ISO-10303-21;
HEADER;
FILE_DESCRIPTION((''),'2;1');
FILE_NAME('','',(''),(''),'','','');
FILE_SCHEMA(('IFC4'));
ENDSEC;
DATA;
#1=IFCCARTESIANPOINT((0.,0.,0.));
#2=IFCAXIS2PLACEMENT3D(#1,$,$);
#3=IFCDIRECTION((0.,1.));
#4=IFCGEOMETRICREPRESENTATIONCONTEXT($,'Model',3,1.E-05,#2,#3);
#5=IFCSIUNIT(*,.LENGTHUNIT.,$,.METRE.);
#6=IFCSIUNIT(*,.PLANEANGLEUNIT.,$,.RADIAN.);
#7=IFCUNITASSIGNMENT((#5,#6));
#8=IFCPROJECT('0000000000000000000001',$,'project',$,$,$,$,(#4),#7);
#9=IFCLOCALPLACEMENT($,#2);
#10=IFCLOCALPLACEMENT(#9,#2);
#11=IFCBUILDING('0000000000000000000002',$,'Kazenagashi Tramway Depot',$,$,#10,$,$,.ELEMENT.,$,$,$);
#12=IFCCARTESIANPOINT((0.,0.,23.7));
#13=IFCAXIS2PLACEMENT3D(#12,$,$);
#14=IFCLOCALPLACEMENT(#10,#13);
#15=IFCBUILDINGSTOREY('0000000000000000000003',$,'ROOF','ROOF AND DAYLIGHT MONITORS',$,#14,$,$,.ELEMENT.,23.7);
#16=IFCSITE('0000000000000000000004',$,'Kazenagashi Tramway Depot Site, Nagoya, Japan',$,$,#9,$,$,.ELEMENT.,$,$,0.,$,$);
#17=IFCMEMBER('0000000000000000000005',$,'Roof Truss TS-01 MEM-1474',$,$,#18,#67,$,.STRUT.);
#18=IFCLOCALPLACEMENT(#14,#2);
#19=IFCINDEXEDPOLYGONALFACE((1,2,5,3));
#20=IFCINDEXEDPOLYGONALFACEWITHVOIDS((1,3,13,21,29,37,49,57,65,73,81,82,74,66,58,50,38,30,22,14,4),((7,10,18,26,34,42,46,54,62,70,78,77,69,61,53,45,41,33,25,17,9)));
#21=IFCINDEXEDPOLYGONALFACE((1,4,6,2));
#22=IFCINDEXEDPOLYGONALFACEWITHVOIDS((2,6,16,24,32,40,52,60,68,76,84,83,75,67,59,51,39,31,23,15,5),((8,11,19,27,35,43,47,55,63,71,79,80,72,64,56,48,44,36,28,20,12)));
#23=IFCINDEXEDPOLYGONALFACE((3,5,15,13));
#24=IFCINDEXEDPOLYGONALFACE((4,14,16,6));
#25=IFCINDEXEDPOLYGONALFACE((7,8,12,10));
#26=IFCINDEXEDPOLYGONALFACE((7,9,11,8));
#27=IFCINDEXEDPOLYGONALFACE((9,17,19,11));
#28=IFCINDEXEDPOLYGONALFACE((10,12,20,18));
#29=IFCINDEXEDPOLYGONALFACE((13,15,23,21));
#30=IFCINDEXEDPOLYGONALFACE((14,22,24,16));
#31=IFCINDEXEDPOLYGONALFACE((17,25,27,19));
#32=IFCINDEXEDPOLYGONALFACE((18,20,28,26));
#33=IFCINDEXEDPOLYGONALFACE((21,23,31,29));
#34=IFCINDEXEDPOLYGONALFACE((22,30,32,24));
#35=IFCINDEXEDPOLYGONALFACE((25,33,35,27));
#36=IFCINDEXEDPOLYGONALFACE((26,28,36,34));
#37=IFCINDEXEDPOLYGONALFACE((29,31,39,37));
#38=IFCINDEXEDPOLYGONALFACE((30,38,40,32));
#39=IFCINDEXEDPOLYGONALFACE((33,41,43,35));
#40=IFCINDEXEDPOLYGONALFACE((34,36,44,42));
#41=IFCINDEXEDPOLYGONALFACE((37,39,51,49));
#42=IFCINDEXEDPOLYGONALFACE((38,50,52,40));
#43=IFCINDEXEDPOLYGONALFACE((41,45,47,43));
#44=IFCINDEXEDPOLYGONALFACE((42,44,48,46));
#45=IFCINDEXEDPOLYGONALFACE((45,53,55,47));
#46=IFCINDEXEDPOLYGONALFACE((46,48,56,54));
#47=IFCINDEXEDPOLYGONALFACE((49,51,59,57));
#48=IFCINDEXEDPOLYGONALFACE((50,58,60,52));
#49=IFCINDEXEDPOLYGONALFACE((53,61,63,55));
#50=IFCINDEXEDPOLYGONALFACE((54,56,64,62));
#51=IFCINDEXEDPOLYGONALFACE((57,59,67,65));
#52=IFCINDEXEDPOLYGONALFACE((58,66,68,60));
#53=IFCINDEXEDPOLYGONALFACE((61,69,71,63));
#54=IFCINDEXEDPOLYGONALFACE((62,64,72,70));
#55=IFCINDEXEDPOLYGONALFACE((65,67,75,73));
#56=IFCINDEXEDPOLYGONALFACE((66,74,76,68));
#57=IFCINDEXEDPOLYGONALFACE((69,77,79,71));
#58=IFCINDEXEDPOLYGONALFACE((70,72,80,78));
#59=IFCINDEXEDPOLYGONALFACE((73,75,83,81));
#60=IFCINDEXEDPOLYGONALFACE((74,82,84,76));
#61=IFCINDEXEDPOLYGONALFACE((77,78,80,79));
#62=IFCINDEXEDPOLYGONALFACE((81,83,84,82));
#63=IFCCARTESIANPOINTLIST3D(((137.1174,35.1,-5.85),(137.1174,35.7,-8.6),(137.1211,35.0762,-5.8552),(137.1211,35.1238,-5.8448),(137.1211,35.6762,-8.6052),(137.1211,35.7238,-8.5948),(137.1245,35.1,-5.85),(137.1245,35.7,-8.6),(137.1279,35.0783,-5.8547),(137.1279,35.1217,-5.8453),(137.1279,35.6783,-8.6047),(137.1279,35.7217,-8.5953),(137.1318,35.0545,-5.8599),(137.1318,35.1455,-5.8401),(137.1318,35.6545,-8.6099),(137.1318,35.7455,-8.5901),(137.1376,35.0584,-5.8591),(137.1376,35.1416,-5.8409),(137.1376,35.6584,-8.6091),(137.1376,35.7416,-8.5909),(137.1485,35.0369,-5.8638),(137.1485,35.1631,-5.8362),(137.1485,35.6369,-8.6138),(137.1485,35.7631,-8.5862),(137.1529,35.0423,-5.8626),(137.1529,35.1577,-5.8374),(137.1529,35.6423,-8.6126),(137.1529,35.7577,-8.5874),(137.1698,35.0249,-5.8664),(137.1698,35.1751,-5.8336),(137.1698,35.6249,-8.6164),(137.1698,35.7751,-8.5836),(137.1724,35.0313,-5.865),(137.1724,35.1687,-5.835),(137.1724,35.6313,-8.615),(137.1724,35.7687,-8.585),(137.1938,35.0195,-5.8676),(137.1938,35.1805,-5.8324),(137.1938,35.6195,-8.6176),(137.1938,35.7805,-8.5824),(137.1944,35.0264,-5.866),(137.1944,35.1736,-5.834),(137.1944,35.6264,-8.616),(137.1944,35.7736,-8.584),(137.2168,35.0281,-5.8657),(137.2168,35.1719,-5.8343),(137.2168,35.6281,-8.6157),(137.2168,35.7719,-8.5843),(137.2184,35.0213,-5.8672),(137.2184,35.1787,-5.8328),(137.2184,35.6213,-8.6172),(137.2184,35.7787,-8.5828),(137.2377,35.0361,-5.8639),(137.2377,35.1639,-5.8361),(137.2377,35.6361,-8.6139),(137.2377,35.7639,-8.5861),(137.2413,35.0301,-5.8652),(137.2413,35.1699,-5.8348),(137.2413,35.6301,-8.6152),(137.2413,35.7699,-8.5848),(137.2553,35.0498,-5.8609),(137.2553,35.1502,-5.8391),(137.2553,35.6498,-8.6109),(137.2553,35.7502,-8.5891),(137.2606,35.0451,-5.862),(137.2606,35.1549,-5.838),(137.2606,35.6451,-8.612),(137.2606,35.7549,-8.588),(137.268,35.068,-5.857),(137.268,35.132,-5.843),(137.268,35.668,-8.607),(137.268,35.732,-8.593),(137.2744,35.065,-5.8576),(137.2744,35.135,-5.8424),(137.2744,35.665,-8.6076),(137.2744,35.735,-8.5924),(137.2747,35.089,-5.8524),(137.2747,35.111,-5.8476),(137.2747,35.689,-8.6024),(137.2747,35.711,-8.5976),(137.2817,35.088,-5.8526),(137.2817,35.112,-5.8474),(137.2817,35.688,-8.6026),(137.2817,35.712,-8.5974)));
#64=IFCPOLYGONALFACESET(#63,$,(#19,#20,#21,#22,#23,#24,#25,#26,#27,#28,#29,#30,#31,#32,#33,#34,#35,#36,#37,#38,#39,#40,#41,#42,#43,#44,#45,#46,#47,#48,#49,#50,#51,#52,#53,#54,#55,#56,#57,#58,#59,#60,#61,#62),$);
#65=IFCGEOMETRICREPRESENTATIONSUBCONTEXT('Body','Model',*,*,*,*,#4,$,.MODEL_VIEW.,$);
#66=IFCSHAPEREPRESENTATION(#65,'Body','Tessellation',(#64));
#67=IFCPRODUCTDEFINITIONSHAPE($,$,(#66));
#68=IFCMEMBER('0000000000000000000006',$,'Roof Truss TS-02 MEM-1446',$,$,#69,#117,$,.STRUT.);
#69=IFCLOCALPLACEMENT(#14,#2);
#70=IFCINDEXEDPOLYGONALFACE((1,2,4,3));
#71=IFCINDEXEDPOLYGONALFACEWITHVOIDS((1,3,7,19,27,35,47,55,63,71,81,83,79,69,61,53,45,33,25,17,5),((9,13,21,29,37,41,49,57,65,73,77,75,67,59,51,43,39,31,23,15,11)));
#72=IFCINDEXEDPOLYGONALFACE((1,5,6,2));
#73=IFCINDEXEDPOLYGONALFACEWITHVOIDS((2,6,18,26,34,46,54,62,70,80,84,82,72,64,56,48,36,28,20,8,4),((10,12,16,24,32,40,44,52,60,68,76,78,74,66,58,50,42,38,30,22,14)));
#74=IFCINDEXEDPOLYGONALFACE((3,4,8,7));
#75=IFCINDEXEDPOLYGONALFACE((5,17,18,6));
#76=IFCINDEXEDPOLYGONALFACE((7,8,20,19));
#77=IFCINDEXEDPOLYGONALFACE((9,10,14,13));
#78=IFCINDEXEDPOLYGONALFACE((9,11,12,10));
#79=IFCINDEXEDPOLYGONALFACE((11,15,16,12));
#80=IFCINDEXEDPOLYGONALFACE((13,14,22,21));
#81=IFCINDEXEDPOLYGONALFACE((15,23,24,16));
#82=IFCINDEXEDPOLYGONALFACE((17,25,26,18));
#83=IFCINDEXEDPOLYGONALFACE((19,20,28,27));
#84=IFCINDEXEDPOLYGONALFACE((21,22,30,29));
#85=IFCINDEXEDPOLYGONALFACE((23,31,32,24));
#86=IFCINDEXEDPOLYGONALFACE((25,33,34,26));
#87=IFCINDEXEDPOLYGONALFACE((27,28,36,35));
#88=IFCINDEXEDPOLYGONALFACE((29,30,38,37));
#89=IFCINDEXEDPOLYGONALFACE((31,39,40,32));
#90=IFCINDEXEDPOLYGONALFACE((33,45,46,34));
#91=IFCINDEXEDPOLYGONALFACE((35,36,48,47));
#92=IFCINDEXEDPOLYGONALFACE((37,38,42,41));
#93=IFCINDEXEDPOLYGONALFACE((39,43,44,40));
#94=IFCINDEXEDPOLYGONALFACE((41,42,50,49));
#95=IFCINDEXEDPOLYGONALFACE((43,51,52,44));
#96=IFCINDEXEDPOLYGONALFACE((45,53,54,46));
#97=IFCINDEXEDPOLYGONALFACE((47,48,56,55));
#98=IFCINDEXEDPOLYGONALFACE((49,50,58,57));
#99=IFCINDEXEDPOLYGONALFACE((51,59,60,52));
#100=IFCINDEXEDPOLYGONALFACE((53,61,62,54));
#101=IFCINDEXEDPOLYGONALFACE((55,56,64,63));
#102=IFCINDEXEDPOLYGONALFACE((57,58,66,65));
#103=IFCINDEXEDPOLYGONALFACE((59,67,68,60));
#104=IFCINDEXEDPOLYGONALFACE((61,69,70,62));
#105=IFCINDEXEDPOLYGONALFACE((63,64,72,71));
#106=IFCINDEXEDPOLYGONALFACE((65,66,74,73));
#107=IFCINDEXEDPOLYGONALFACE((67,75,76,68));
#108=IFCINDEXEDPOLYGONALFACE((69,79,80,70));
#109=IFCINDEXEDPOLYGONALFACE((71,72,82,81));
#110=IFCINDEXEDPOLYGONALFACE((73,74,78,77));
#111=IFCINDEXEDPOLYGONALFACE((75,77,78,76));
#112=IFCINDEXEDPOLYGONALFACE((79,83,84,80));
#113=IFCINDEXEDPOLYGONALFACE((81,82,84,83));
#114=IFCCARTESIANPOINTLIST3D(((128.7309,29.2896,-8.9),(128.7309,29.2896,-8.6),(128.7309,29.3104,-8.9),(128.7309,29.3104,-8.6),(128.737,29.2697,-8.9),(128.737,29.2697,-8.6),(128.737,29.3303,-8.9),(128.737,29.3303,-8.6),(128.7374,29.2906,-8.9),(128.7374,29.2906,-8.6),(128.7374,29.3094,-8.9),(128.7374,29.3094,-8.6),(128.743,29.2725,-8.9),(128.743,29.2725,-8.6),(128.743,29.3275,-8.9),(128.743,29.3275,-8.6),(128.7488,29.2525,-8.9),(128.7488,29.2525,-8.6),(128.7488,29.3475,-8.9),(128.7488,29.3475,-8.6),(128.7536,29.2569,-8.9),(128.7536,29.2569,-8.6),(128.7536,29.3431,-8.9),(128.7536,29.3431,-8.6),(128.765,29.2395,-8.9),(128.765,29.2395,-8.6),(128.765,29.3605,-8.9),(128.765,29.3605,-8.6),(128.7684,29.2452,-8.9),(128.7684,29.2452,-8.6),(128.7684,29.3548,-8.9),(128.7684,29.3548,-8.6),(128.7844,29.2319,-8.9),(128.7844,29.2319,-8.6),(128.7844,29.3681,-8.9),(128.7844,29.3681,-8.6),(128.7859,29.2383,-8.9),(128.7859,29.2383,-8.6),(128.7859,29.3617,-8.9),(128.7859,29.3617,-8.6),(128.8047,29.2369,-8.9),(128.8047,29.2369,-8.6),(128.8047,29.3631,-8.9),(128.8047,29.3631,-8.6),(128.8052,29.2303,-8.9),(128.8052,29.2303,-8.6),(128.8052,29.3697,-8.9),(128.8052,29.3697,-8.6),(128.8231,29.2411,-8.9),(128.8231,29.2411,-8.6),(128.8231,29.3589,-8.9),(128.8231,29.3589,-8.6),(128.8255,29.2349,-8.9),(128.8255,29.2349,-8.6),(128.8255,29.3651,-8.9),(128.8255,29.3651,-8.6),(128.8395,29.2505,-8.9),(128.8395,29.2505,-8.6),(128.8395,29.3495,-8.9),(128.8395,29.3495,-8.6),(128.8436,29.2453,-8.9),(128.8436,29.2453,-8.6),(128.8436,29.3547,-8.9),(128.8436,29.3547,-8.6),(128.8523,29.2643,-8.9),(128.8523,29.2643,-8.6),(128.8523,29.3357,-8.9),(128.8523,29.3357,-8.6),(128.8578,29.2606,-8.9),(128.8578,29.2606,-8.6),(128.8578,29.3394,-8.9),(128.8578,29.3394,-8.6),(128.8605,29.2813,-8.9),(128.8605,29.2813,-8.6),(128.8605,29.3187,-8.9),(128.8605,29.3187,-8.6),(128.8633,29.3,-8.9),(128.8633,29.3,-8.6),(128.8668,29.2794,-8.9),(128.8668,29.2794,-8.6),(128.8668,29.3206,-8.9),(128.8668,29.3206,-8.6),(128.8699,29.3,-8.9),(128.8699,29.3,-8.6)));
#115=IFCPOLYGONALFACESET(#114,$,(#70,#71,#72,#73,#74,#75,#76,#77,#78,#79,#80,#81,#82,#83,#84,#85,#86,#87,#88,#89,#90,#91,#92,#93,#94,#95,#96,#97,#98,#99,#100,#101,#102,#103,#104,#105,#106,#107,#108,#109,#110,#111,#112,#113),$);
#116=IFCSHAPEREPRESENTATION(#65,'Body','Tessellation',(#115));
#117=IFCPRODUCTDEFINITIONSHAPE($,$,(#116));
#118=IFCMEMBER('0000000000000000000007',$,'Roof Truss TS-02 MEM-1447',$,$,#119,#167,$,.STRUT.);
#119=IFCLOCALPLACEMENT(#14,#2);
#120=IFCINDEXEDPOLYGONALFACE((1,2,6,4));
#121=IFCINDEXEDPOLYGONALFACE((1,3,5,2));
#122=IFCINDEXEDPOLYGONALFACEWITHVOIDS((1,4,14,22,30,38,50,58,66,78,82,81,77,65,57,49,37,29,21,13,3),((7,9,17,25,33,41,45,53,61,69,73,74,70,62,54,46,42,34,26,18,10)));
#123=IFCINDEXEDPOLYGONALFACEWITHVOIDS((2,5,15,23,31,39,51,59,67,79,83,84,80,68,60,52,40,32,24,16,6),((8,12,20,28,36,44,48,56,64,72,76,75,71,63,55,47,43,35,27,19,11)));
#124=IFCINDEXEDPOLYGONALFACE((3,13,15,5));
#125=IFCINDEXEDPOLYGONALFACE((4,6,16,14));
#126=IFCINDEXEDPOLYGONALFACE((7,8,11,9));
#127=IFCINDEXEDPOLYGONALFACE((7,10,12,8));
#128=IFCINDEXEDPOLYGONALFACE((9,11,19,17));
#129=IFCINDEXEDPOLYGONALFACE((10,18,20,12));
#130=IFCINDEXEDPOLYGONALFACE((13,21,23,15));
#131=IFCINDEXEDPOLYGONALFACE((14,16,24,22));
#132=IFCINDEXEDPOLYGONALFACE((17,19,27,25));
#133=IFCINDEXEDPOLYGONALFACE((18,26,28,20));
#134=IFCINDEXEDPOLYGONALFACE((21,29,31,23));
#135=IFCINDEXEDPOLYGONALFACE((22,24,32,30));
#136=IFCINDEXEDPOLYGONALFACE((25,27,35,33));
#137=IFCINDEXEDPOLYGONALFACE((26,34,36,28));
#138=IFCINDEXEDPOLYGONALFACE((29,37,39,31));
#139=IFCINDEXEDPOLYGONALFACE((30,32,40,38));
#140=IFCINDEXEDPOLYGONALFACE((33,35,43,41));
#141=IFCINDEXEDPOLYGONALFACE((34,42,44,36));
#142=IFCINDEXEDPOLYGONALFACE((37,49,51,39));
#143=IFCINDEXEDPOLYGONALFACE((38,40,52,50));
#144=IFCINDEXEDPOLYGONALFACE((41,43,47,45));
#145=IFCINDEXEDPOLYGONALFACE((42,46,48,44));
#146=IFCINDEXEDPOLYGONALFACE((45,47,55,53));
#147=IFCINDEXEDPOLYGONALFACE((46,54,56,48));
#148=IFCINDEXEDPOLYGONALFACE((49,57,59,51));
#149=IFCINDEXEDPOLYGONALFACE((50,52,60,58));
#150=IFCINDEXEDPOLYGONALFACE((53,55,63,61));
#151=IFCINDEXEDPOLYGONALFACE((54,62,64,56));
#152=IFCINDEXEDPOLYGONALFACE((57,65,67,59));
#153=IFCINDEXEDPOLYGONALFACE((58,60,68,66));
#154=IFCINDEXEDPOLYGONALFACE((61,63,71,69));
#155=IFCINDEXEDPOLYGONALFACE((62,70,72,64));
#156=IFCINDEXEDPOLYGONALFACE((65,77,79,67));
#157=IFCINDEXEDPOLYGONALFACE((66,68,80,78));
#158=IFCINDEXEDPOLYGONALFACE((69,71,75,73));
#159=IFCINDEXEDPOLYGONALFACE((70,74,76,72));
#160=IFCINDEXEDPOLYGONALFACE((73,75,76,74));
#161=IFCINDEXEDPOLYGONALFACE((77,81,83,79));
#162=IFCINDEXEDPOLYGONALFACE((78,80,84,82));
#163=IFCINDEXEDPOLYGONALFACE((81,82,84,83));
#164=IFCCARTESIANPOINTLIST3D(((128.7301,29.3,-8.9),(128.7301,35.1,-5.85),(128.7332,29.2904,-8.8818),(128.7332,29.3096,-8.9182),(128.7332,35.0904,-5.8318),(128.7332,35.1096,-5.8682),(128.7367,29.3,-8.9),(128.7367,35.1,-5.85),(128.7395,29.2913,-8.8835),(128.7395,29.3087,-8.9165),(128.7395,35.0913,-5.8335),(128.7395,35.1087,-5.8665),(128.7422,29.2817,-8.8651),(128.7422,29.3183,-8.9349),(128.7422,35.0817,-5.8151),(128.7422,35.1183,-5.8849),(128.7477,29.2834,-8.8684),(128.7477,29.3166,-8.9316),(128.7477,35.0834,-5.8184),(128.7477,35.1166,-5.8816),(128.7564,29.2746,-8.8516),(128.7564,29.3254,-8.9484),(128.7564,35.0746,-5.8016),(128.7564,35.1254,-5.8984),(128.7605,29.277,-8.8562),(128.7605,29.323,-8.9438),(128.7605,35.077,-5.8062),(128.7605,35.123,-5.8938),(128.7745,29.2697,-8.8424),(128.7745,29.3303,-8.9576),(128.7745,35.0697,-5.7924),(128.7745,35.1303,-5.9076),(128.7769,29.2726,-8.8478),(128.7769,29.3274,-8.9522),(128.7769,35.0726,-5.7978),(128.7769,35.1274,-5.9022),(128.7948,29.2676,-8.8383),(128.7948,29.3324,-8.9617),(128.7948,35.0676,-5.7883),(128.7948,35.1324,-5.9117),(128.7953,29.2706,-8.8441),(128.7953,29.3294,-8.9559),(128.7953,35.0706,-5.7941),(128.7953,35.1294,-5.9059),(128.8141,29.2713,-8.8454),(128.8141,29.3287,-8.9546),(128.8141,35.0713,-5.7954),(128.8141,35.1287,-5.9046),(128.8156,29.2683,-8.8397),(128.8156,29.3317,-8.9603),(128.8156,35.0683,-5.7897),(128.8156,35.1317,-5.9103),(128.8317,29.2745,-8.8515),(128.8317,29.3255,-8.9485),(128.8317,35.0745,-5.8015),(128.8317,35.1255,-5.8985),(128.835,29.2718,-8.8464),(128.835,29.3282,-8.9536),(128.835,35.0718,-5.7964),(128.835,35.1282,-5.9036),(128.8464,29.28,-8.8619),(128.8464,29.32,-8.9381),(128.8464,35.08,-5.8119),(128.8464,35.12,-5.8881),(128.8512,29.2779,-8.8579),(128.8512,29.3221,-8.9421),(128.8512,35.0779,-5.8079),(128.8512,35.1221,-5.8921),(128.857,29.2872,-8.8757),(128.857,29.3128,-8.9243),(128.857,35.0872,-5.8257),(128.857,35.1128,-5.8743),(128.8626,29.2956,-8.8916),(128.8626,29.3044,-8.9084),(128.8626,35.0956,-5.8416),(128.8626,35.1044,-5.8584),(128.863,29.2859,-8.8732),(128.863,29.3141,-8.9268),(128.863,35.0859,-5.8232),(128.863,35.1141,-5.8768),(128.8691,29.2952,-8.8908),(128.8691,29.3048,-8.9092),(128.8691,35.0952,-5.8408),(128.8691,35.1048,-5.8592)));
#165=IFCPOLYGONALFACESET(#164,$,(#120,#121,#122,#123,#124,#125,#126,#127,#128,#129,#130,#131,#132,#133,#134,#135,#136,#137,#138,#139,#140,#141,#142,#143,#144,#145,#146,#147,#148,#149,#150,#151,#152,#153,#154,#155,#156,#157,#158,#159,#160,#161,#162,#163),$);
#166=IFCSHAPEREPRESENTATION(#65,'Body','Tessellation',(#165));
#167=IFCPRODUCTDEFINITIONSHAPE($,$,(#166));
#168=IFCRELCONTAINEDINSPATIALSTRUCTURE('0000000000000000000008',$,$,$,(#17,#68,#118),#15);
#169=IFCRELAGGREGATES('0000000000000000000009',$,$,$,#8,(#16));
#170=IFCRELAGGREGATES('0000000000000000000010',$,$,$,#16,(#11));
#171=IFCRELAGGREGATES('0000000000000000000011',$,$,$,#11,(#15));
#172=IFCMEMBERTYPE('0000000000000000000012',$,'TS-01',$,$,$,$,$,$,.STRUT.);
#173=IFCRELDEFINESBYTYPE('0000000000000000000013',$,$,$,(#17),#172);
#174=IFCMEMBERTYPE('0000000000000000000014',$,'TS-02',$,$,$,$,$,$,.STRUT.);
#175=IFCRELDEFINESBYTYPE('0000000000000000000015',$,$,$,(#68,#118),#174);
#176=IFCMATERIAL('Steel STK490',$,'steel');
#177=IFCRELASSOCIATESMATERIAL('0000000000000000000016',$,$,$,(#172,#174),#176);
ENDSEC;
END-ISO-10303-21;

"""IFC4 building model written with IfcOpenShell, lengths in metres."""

from ifc_helpers import new_model, si_unit, direction, frame, origin, origin_2d, place, context, subcontext, project, spatial, hollow_circle, extrude, material, material_profile, profile_set, type_object, element, save


model = new_model("IFC4")

# Units and contexts
model_context = context("Model", 3, precision=1e-05, world=origin(), true_north=direction((0.0, 1.0)))
body_context = subcontext(model_context, "Body", "Model", "MODEL_VIEW")
ifc_project = project(units=[si_unit("LENGTHUNIT", "METRE"), si_unit("PLANEANGLEUNIT", "RADIAN")], contexts=[model_context])

# Site, building, storey
site_placement = place(None, origin())
site = spatial("IfcSite", under=ifc_project, at=site_placement, Name="Kazenagashi Tramway Depot Site, Nagoya, Japan", CompositionType="ELEMENT", RefElevation=0.0)
building_placement = place(site_placement, origin())
building = spatial("IfcBuilding", under=site, at=building_placement, Name="Kazenagashi Tramway Depot", CompositionType="ELEMENT")
storey_placement = place(building_placement, frame((0.0, 0.0, 23.7)))
storey = spatial("IfcBuildingStorey", under=building, at=storey_placement, Name="ROOF", Description="ROOF AND DAYLIGHT MONITORS", CompositionType="ELEMENT", Elevation=23.7)

# Members
ifc_material_1 = material(Name="Steel STK490", Category="steel")
ifc_material_profile_1 = material_profile(ifc_material_1, hollow_circle(Radius=0.0826, WallThickness=0.0071, at=origin_2d()), Name="CHS-165.2x7.1")
ifc_profile_set_1 = profile_set([ifc_material_profile_1], Name="Steel STK490")
member_type_1 = type_object("IfcMemberType", Name="TS-01", PredefinedType="STRUT", material=ifc_profile_set_1)
for number, where, z_axis, x_axis, name in (
    (1, (137.2, 35.1, -5.85), (0.0, 0.213167, -0.977016), (-1.0, 0.0, 0.0), "Roof Truss TS-01 MEM-1474"),
):
    element("IfcMember", number, at=place(storey_placement, frame(where, z_axis=z_axis, x_axis=x_axis)), inside=storey, type_object=member_type_1, Name=name, PredefinedType="STRUT", context=body_context, shape_type="SweptSolid", body=[
        extrude(hollow_circle(Radius=0.0826, WallThickness=0.0071, at=origin_2d()), origin(), (0.0, 0.0, 1.0), 2.8147),
    ])
ifc_material_profile_2 = material_profile(ifc_material_1, hollow_circle(Radius=0.0699, WallThickness=0.0066, at=origin_2d()), Name="CHS-139.8x6.6")
ifc_profile_set_2 = profile_set([ifc_material_profile_2], Name="Steel STK490")
member_type_2 = type_object("IfcMemberType", Name="TS-02", PredefinedType="STRUT", material=ifc_profile_set_2)
member_1_placement = place(storey_placement, frame((128.8, 29.3, -8.9), z_axis=(0.0, 0.0, 1.0), x_axis=(1.0, 0.0, 0.0)))
element("IfcMember", 2, at=member_1_placement, inside=storey, type_object=member_type_2, Name="Roof Truss TS-02 MEM-1446", PredefinedType="STRUT", context=body_context, shape_type="SweptSolid", body=[
    extrude(hollow_circle(Radius=0.0699, WallThickness=0.0066, at=origin_2d()), origin(), (0.0, 0.0, 1.0), 0.3),
])
member_2_placement = place(storey_placement, frame((128.8, 29.3, -8.9), z_axis=(0.0, 0.885084, 0.465432), x_axis=(-1.0, 0.0, 0.0)))
element("IfcMember", 3, at=member_2_placement, inside=storey, type_object=member_type_2, Name="Roof Truss TS-02 MEM-1447", PredefinedType="STRUT", context=body_context, shape_type="SweptSolid", body=[
    extrude(hollow_circle(Radius=0.0699, WallThickness=0.0066, at=origin_2d()), origin(), (0.0, 0.0, 1.0), 6.5531),
])

save(model, "model.ifc")
